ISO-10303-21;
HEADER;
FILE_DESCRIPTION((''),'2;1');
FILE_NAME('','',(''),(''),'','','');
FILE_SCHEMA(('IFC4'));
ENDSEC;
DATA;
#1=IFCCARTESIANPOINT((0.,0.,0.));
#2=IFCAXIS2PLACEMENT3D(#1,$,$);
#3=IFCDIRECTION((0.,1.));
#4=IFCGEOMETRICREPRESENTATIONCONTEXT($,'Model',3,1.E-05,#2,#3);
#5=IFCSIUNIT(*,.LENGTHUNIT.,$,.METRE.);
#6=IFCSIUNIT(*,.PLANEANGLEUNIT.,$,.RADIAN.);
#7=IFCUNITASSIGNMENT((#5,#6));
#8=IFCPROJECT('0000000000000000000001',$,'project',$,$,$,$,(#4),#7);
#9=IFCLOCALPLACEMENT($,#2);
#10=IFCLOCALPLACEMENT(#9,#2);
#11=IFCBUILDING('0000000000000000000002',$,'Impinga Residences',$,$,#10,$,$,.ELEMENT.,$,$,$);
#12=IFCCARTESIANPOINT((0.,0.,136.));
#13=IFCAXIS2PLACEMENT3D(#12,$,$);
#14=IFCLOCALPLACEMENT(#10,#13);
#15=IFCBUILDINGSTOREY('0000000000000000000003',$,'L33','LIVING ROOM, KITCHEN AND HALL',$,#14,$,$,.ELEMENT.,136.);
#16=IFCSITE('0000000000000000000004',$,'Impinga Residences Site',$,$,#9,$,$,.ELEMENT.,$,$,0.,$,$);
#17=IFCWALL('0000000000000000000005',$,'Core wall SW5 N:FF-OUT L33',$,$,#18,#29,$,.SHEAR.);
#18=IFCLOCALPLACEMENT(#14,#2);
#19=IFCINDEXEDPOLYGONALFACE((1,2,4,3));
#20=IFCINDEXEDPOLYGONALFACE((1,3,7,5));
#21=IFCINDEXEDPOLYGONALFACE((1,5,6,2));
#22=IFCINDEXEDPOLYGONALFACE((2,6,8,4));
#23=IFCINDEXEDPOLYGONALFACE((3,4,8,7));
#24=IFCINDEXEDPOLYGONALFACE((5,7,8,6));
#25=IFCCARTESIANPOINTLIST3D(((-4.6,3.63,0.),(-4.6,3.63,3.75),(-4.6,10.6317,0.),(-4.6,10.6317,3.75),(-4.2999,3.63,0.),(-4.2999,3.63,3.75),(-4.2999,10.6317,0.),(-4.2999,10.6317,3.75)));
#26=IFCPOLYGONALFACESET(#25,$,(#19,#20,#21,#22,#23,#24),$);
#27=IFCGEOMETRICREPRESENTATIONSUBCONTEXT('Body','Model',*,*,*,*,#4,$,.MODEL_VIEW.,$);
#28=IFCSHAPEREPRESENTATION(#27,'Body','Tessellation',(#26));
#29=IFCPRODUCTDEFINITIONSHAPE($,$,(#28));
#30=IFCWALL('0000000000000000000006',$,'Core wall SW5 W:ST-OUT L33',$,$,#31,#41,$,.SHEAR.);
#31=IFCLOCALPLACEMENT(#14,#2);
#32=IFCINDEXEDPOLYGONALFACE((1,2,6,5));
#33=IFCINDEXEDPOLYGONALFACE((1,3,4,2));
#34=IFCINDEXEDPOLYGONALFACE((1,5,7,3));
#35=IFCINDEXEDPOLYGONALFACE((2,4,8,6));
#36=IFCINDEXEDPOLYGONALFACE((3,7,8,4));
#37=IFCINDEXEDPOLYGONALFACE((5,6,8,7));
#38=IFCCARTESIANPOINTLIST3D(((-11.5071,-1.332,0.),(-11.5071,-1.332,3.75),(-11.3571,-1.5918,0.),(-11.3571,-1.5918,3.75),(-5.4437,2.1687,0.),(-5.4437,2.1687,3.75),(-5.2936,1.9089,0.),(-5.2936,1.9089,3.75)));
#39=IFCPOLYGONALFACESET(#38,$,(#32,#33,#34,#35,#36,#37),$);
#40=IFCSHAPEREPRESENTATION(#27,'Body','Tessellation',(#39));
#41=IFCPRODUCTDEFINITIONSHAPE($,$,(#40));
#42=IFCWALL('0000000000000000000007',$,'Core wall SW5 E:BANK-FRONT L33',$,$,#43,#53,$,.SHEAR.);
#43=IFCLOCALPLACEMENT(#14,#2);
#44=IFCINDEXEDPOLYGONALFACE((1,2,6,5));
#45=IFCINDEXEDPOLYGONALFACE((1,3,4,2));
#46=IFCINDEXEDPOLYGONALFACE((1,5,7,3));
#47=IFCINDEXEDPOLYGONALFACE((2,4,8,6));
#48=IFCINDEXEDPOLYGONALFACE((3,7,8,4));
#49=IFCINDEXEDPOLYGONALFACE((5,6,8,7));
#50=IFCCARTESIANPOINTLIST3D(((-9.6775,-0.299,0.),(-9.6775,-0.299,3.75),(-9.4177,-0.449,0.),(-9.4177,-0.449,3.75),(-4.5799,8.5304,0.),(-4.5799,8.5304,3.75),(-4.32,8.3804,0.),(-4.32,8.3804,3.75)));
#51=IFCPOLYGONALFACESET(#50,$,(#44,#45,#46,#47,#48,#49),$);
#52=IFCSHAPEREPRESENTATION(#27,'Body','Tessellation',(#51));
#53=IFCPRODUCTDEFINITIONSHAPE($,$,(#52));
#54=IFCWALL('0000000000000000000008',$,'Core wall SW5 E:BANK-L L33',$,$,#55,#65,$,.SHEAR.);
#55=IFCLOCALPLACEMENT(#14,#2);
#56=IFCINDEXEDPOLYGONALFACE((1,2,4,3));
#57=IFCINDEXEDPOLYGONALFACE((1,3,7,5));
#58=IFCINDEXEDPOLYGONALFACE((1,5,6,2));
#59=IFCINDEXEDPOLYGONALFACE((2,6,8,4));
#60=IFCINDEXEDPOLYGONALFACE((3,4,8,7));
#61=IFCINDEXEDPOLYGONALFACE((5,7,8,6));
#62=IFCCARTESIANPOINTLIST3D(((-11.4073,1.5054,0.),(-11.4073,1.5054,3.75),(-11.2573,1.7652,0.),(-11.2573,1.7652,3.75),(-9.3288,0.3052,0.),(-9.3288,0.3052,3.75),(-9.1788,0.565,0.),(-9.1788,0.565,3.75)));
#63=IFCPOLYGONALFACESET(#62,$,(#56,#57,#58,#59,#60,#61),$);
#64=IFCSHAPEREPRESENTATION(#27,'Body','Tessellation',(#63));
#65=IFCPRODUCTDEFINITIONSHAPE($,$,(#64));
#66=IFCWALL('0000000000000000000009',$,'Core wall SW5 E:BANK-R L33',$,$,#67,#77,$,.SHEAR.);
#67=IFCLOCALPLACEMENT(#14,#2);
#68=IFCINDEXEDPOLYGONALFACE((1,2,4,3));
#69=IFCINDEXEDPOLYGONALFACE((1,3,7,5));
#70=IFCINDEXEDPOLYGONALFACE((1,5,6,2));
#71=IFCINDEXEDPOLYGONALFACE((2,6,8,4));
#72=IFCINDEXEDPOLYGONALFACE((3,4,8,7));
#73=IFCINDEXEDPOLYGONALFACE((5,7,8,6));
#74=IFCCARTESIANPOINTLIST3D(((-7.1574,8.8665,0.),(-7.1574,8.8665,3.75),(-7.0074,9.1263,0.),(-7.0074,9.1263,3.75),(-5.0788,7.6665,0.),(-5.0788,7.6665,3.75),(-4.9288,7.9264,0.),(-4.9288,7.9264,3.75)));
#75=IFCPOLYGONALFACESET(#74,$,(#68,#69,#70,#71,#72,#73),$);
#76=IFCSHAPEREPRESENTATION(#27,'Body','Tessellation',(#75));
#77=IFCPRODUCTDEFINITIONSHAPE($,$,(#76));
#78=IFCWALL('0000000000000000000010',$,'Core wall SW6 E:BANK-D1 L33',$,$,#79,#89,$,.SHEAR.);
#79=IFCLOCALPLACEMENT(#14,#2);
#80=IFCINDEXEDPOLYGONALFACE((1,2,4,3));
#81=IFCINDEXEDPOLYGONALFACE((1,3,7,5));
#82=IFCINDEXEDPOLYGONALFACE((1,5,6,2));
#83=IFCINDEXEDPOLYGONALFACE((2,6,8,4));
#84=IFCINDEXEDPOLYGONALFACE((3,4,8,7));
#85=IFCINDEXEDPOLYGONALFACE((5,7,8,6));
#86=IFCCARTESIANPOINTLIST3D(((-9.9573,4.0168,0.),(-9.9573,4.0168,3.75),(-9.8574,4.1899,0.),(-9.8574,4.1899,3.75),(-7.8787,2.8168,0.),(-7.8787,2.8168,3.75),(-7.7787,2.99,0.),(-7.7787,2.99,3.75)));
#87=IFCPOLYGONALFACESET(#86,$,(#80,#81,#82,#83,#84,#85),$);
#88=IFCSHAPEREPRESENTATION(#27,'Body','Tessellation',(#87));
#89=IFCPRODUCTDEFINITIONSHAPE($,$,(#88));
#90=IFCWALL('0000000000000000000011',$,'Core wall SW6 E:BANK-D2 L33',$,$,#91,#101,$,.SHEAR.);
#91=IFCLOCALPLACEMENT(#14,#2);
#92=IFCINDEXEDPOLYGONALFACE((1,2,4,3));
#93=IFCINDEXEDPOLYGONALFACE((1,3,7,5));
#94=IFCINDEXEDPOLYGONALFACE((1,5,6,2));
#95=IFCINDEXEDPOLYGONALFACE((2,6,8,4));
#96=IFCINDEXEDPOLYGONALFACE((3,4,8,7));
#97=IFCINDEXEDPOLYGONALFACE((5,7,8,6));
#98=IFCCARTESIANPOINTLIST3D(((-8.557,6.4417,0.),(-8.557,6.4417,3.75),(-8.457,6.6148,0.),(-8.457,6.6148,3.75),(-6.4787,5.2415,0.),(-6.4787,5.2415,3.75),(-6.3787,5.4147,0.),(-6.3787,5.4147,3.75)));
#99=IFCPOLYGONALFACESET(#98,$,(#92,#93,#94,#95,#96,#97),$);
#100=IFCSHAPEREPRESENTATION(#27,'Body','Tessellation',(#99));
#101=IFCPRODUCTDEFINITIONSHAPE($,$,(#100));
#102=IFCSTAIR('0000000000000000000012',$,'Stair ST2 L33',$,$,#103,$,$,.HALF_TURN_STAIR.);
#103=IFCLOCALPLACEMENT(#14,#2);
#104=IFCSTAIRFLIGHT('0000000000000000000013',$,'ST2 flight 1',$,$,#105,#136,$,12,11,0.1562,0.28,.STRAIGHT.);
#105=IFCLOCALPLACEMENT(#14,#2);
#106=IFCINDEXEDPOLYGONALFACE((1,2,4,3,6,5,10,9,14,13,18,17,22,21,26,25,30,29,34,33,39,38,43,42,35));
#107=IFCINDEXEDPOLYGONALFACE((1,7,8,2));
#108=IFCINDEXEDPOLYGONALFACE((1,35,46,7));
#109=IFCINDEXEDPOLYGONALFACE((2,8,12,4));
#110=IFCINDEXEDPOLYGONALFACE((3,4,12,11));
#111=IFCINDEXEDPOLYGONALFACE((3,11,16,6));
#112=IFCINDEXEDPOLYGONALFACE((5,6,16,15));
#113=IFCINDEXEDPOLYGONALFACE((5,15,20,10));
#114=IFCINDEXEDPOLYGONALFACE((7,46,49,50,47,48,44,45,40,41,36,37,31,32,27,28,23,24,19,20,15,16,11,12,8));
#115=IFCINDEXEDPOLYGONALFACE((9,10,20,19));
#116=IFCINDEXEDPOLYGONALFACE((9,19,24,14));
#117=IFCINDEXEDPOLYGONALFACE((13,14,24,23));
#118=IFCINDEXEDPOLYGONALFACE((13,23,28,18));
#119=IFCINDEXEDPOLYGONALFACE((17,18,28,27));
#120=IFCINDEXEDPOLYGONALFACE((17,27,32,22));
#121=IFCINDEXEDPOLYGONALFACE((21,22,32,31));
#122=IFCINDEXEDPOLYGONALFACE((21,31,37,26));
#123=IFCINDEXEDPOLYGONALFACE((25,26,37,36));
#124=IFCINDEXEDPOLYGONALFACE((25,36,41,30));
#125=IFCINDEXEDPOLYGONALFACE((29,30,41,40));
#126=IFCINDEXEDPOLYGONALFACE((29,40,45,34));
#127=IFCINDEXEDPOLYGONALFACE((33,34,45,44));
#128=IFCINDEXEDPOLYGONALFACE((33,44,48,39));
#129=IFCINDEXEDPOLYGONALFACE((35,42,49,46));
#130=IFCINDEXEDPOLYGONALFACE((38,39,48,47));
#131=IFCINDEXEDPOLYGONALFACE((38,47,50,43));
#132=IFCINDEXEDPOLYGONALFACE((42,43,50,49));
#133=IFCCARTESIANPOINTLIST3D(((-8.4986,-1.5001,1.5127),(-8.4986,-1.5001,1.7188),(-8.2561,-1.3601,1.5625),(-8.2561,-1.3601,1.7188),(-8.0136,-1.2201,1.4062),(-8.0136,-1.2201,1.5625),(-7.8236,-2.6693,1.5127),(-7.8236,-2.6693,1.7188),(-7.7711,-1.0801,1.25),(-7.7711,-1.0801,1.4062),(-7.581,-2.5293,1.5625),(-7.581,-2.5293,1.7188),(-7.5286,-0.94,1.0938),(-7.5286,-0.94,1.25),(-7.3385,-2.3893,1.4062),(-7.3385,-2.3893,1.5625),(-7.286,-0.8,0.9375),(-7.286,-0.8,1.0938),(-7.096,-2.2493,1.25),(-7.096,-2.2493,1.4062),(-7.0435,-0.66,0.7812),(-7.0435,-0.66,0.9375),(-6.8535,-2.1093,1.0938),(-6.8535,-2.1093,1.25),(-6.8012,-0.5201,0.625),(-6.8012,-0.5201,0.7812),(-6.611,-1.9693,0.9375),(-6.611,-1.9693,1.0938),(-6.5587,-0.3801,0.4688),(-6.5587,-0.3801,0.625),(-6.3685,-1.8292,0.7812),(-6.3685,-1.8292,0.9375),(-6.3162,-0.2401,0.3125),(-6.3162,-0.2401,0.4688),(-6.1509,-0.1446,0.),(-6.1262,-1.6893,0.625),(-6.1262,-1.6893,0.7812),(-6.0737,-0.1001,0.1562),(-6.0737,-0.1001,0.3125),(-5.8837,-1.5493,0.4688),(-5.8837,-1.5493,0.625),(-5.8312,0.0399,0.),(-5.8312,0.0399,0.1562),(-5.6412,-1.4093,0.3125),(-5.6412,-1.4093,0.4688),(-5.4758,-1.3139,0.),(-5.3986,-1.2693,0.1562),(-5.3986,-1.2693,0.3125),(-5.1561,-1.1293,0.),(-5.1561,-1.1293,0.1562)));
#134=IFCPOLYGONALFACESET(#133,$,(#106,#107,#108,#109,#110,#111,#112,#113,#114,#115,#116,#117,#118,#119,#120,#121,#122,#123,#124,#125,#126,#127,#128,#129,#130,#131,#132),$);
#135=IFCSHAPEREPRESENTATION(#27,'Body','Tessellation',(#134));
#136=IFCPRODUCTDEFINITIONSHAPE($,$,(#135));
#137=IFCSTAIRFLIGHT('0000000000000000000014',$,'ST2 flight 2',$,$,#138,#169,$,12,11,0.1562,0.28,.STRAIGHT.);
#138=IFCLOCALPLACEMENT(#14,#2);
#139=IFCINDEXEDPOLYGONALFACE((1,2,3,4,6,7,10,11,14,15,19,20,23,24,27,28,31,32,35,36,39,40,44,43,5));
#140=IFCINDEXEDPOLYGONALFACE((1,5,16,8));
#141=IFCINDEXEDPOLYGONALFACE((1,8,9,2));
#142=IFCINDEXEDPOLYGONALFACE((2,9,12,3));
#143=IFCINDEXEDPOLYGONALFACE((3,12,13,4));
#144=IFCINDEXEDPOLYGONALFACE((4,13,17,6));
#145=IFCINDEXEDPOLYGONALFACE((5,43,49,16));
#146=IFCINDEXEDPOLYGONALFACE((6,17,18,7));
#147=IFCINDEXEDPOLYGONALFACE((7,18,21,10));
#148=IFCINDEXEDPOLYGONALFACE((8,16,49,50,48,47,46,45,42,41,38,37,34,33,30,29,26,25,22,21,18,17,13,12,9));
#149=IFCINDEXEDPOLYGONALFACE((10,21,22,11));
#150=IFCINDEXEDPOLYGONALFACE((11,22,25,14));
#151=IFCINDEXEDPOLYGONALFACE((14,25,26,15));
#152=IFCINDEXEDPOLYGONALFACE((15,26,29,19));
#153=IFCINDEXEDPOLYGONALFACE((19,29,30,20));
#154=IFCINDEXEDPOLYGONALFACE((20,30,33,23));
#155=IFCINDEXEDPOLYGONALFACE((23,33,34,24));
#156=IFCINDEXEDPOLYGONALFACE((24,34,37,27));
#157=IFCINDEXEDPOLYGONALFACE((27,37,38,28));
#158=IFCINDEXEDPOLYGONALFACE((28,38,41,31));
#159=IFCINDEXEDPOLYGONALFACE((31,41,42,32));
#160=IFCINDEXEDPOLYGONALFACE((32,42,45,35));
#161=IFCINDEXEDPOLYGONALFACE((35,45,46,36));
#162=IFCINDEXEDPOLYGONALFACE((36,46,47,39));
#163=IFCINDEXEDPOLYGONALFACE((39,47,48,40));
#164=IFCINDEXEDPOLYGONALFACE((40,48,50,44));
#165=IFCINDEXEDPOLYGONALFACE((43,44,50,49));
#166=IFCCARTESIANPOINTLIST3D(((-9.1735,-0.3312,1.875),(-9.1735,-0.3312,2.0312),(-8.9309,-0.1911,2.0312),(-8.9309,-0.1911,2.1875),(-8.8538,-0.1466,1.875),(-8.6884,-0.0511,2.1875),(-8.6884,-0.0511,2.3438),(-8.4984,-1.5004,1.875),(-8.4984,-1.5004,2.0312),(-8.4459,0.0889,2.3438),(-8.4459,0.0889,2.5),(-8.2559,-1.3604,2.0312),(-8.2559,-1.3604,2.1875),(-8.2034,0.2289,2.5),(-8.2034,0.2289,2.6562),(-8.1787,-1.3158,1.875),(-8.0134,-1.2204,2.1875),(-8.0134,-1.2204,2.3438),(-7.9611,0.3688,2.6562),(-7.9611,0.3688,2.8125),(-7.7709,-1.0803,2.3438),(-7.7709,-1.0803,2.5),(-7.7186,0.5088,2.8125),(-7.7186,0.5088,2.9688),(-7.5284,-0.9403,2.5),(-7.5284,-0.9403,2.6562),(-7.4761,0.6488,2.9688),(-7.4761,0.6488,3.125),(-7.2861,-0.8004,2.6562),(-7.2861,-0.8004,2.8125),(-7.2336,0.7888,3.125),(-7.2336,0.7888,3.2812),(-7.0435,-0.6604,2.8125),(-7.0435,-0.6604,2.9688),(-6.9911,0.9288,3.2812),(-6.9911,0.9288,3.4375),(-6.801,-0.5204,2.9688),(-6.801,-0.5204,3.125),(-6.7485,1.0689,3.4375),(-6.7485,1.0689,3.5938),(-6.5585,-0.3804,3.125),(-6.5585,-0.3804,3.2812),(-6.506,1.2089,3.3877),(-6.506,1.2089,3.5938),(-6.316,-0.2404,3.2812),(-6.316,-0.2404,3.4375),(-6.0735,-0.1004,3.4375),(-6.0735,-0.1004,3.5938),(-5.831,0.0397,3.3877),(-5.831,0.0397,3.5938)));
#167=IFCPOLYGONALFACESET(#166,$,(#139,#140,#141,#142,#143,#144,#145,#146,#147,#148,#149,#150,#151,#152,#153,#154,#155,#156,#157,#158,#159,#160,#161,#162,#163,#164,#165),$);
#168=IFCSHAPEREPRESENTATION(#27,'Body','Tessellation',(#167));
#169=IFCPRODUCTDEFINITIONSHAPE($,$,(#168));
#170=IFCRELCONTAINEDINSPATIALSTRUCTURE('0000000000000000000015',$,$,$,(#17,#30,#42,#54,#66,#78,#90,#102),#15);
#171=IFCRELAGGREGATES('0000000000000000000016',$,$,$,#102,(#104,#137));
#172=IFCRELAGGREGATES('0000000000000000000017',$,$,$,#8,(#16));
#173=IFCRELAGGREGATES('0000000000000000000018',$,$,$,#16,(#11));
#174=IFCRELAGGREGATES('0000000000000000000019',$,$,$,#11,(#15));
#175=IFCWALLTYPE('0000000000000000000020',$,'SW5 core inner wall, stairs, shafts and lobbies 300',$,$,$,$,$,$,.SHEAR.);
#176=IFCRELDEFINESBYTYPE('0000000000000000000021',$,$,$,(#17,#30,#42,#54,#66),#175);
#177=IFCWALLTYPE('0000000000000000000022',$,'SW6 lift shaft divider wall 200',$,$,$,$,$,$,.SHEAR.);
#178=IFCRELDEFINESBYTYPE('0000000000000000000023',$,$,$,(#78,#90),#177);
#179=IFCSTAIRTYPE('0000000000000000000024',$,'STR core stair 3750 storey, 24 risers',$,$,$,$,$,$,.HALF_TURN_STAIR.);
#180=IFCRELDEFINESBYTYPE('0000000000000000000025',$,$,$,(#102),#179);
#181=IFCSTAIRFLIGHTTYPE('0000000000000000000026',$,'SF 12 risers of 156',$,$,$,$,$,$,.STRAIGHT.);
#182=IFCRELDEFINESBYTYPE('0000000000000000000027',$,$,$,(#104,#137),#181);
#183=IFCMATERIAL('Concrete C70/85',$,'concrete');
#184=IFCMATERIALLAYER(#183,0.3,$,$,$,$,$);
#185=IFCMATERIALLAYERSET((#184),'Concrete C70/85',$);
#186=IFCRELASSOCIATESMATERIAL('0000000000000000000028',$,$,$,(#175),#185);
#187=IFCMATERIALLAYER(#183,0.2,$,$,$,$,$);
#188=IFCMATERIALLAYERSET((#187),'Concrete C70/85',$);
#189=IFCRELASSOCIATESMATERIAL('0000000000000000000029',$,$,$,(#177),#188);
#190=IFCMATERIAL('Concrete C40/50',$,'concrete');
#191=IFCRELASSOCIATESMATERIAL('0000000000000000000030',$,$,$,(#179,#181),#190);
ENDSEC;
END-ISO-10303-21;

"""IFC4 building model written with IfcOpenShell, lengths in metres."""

from ifc_helpers import new_model, si_unit, direction, frame, frame_2d, origin, place, context, subcontext, project, spatial, polyline, rectangle, outline, extrude, material, layer, layer_set, type_object, element, aggregate, save


model = new_model("IFC4")

# Units and contexts
model_context = context("Model", 3, precision=1e-05, world=origin(), true_north=direction((0.0, 1.0)))
body_context = subcontext(model_context, "Body", "Model", "MODEL_VIEW")
ifc_project = project(units=[si_unit("LENGTHUNIT", "METRE"), si_unit("PLANEANGLEUNIT", "RADIAN")], contexts=[model_context])

# Site, building, storey
site_placement = place(None, origin())
site = spatial("IfcSite", under=ifc_project, at=site_placement, Name="Impinga Residences Site", CompositionType="ELEMENT", RefElevation=0.0)
building_placement = place(site_placement, origin())
building = spatial("IfcBuilding", under=site, at=building_placement, Name="Impinga Residences", CompositionType="ELEMENT")
storey_placement = place(building_placement, frame((0.0, 0.0, 136.0)))
storey = spatial("IfcBuildingStorey", under=building, at=storey_placement, Name="L33", Description="LIVING ROOM, KITCHEN AND HALL", CompositionType="ELEMENT", Elevation=136.0)

# Shared definitions
ifc_material_1 = material(Name="Concrete C70/85", Category="concrete")
ifc_layer_1 = layer(ifc_material_1, 0.3)
ifc_layer_set_1 = layer_set([ifc_layer_1], Name="Concrete C70/85")
wall_type_1 = type_object("IfcWallType", Name="SW5 core inner wall, stairs, shafts and lobbies 300", PredefinedType="SHEAR", material=ifc_layer_set_1)

# Walls
wall_1_placement = place(storey_placement, frame((-4.45, 3.6299, 0.0), z_axis=(0.0, 0.0, 1.0), x_axis=(0.0, 1.0, 0.0)))
element("IfcWall", 1, at=wall_1_placement, inside=storey, type_object=wall_type_1, Name="Core wall SW5 N:FF-OUT L33", PredefinedType="SHEAR", context=body_context, shape_type="SweptSolid", body=[
    extrude(rectangle(XDim=7.0017, YDim=0.3, at=frame_2d((3.501, 0.0))), origin(), (0.0, 0.0, 1.0), 3.75),
])
wall_2_placement = place(storey_placement, frame((-5.3687, 2.0388, 0.0), z_axis=(0.0, 0.0, 1.0), x_axis=(-0.866026, -0.499998, 0.0)))
element("IfcWall", 2, at=wall_2_placement, inside=storey, type_object=wall_type_1, Name="Core wall SW5 W:ST-OUT L33", PredefinedType="SHEAR", context=body_context, shape_type="SweptSolid", body=[
    extrude(rectangle(XDim=7.0015, YDim=0.3, at=frame_2d((3.5007, 0.0))), origin(), (0.0, 0.0, 1.0), 3.75),
])
wall_3_placement = place(storey_placement, frame((-9.5476, -0.374, 0.0), z_axis=(0.0, 0.0, 1.0), x_axis=(0.500002, 0.866024, 0.0)))
element("IfcWall", 3, at=wall_3_placement, inside=storey, type_object=wall_type_1, Name="Core wall SW5 E:BANK-FRONT L33", PredefinedType="SHEAR", context=body_context, shape_type="SweptSolid", body=[
    extrude(rectangle(XDim=10.1953, YDim=0.3, at=frame_2d((5.0977, 0.0))), origin(), (0.0, 0.0, 1.0), 3.75),
])
for number, where, z_axis, x_axis, name in (
    (4, (-9.2537, 0.4351, 0.0), (0.0, 0.0, 1.0), (-0.866006, 0.500034, 0.0), "Core wall SW5 E:BANK-L L33"),
    (5, (-5.0037, 7.7964, 0.0), (0.0, 0.0, 1.0), (-0.86605, 0.499957, 0.0), "Core wall SW5 E:BANK-R L33"),
):
    element("IfcWall", number, at=place(storey_placement, frame(where, z_axis=z_axis, x_axis=x_axis)), inside=storey, type_object=wall_type_1, Name=name, PredefinedType="SHEAR", context=body_context, shape_type="SweptSolid", body=[
        extrude(rectangle(XDim=2.4001, YDim=0.3, at=frame_2d((1.2002, 0.0))), origin(), (0.0, 0.0, 1.0), 3.75),
    ])
ifc_layer_2 = layer(ifc_material_1, 0.2)
ifc_layer_set_2 = layer_set([ifc_layer_2], Name="Concrete C70/85")
wall_type_2 = type_object("IfcWallType", Name="SW6 lift shaft divider wall 200", PredefinedType="SHEAR", material=ifc_layer_set_2)
wall_4_placement = place(storey_placement, frame((-7.8286, 2.9033, 0.0), z_axis=(0.0, 0.0, 1.0), x_axis=(-0.86605, 0.499957, 0.0)))
element("IfcWall", 6, at=wall_4_placement, inside=storey, type_object=wall_type_2, Name="Core wall SW6 E:BANK-D1 L33", PredefinedType="SHEAR", context=body_context, shape_type="SweptSolid", body=[
    extrude(rectangle(XDim=2.4001, YDim=0.2, at=frame_2d((1.2002, 0.0))), origin(), (0.0, 0.0, 1.0), 3.75),
])
wall_5_placement = place(storey_placement, frame((-6.4287, 5.3281, 0.0), z_axis=(0.0, 0.0, 1.0), x_axis=(-0.865981, 0.500078, 0.0)))
element("IfcWall", 7, at=wall_5_placement, inside=storey, type_object=wall_type_2, Name="Core wall SW6 E:BANK-D2 L33", PredefinedType="SHEAR", context=body_context, shape_type="SweptSolid", body=[
    extrude(rectangle(XDim=2.3999, YDim=0.2, at=frame_2d((1.2, 0.0))), origin(), (0.0, 0.0, 1.0), 3.75),
])

# Stair, stair flights
ifc_material_2 = material(Name="Concrete C40/50", Category="concrete")
stair_type = type_object("IfcStairType", Name="STR core stair 3750 storey, 24 risers", PredefinedType="HALF_TURN_STAIR", material=ifc_material_2)
stair_placement = place(storey_placement, origin())
stair = element("IfcStair", 8, at=stair_placement, inside=storey, type_object=stair_type, Name="Stair ST2 L33", PredefinedType="HALF_TURN_STAIR")
stair_flight_type = type_object("IfcStairFlightType", Name="SF 12 risers of 156", PredefinedType="STRAIGHT", material=ifc_material_2)
stair_flight_1_placement = place(storey_placement, frame((-5.4937, -0.5447, 0.0), z_axis=(0.0, 0.0, 1.0), x_axis=(-0.866025, -0.5, 0.0)))
stair_flight_1 = element("IfcStairFlight", 9, at=stair_flight_1_placement, type_object=stair_flight_type, Name="ST2 flight 1", NumberOfRisers=12, NumberOfTreads=11, PredefinedType="STRAIGHT", RiserHeight=0.1562, TreadLength=0.28, context=body_context, shape_type="SweptSolid", body=[
    extrude(outline(polyline([(0.0, 0.0), (0.0, 0.1562), (0.28, 0.1562), (0.28, 0.3125), (0.5601, 0.3125), (0.5601, 0.4688), (0.8401, 0.4688), (0.8401, 0.625), (1.1201, 0.625), (1.1201, 0.7812), (1.3999, 0.7812), (1.3999, 0.9375), (1.6799, 0.9375), (1.6799, 1.0938), (1.96, 1.0938), (1.96, 1.25), (2.24, 1.25), (2.24, 1.4062), (2.52, 1.4062), (2.52, 1.5625), (2.8, 1.5625), (2.8, 1.7188), (3.0801, 1.7188), (3.0801, 1.875), (3.0801, 1.5127), (0.3691, 0.0), (0.0, 0.0)])), frame((0.0, 0.675, 0.0), z_axis=(0.0, -1.0, 0.0), x_axis=(1.0, 0.0, 0.0)), (0.0, 0.0, 1.0), 1.3501),
])
stair_flight_2_placement = place(storey_placement, frame((-8.8359, -0.9158, 1.875), z_axis=(0.0, 0.0, 1.0), x_axis=(0.866025, 0.5, 0.0)))
stair_flight_2 = element("IfcStairFlight", 10, at=stair_flight_2_placement, type_object=stair_flight_type, Name="ST2 flight 2", NumberOfRisers=12, NumberOfTreads=11, PredefinedType="STRAIGHT", RiserHeight=0.1562, TreadLength=0.28, context=body_context, shape_type="SweptSolid", body=[
    extrude(outline(polyline([(0.0, 0.0), (0.0, 0.1562), (0.28, 0.1562), (0.28, 0.3125), (0.5601, 0.3125), (0.5601, 0.4688), (0.8401, 0.4688), (0.8401, 0.625), (1.1201, 0.625), (1.1201, 0.7812), (1.3999, 0.7812), (1.3999, 0.9375), (1.6799, 0.9375), (1.6799, 1.0938), (1.96, 1.0938), (1.96, 1.25), (2.24, 1.25), (2.24, 1.4062), (2.52, 1.4062), (2.52, 1.5625), (2.8, 1.5625), (2.8, 1.7188), (3.0801, 1.7188), (3.0801, 1.875), (3.0801, 1.5127), (0.3691, 0.0), (0.0, 0.0)])), frame((0.0, 0.675, 0.0), z_axis=(0.0, -1.0, 0.0), x_axis=(1.0, 0.0, 0.0)), (0.0, 0.0, 1.0), 1.3501),
])
aggregate(stair, [stair_flight_1, stair_flight_2])

save(model, "model.ifc")
